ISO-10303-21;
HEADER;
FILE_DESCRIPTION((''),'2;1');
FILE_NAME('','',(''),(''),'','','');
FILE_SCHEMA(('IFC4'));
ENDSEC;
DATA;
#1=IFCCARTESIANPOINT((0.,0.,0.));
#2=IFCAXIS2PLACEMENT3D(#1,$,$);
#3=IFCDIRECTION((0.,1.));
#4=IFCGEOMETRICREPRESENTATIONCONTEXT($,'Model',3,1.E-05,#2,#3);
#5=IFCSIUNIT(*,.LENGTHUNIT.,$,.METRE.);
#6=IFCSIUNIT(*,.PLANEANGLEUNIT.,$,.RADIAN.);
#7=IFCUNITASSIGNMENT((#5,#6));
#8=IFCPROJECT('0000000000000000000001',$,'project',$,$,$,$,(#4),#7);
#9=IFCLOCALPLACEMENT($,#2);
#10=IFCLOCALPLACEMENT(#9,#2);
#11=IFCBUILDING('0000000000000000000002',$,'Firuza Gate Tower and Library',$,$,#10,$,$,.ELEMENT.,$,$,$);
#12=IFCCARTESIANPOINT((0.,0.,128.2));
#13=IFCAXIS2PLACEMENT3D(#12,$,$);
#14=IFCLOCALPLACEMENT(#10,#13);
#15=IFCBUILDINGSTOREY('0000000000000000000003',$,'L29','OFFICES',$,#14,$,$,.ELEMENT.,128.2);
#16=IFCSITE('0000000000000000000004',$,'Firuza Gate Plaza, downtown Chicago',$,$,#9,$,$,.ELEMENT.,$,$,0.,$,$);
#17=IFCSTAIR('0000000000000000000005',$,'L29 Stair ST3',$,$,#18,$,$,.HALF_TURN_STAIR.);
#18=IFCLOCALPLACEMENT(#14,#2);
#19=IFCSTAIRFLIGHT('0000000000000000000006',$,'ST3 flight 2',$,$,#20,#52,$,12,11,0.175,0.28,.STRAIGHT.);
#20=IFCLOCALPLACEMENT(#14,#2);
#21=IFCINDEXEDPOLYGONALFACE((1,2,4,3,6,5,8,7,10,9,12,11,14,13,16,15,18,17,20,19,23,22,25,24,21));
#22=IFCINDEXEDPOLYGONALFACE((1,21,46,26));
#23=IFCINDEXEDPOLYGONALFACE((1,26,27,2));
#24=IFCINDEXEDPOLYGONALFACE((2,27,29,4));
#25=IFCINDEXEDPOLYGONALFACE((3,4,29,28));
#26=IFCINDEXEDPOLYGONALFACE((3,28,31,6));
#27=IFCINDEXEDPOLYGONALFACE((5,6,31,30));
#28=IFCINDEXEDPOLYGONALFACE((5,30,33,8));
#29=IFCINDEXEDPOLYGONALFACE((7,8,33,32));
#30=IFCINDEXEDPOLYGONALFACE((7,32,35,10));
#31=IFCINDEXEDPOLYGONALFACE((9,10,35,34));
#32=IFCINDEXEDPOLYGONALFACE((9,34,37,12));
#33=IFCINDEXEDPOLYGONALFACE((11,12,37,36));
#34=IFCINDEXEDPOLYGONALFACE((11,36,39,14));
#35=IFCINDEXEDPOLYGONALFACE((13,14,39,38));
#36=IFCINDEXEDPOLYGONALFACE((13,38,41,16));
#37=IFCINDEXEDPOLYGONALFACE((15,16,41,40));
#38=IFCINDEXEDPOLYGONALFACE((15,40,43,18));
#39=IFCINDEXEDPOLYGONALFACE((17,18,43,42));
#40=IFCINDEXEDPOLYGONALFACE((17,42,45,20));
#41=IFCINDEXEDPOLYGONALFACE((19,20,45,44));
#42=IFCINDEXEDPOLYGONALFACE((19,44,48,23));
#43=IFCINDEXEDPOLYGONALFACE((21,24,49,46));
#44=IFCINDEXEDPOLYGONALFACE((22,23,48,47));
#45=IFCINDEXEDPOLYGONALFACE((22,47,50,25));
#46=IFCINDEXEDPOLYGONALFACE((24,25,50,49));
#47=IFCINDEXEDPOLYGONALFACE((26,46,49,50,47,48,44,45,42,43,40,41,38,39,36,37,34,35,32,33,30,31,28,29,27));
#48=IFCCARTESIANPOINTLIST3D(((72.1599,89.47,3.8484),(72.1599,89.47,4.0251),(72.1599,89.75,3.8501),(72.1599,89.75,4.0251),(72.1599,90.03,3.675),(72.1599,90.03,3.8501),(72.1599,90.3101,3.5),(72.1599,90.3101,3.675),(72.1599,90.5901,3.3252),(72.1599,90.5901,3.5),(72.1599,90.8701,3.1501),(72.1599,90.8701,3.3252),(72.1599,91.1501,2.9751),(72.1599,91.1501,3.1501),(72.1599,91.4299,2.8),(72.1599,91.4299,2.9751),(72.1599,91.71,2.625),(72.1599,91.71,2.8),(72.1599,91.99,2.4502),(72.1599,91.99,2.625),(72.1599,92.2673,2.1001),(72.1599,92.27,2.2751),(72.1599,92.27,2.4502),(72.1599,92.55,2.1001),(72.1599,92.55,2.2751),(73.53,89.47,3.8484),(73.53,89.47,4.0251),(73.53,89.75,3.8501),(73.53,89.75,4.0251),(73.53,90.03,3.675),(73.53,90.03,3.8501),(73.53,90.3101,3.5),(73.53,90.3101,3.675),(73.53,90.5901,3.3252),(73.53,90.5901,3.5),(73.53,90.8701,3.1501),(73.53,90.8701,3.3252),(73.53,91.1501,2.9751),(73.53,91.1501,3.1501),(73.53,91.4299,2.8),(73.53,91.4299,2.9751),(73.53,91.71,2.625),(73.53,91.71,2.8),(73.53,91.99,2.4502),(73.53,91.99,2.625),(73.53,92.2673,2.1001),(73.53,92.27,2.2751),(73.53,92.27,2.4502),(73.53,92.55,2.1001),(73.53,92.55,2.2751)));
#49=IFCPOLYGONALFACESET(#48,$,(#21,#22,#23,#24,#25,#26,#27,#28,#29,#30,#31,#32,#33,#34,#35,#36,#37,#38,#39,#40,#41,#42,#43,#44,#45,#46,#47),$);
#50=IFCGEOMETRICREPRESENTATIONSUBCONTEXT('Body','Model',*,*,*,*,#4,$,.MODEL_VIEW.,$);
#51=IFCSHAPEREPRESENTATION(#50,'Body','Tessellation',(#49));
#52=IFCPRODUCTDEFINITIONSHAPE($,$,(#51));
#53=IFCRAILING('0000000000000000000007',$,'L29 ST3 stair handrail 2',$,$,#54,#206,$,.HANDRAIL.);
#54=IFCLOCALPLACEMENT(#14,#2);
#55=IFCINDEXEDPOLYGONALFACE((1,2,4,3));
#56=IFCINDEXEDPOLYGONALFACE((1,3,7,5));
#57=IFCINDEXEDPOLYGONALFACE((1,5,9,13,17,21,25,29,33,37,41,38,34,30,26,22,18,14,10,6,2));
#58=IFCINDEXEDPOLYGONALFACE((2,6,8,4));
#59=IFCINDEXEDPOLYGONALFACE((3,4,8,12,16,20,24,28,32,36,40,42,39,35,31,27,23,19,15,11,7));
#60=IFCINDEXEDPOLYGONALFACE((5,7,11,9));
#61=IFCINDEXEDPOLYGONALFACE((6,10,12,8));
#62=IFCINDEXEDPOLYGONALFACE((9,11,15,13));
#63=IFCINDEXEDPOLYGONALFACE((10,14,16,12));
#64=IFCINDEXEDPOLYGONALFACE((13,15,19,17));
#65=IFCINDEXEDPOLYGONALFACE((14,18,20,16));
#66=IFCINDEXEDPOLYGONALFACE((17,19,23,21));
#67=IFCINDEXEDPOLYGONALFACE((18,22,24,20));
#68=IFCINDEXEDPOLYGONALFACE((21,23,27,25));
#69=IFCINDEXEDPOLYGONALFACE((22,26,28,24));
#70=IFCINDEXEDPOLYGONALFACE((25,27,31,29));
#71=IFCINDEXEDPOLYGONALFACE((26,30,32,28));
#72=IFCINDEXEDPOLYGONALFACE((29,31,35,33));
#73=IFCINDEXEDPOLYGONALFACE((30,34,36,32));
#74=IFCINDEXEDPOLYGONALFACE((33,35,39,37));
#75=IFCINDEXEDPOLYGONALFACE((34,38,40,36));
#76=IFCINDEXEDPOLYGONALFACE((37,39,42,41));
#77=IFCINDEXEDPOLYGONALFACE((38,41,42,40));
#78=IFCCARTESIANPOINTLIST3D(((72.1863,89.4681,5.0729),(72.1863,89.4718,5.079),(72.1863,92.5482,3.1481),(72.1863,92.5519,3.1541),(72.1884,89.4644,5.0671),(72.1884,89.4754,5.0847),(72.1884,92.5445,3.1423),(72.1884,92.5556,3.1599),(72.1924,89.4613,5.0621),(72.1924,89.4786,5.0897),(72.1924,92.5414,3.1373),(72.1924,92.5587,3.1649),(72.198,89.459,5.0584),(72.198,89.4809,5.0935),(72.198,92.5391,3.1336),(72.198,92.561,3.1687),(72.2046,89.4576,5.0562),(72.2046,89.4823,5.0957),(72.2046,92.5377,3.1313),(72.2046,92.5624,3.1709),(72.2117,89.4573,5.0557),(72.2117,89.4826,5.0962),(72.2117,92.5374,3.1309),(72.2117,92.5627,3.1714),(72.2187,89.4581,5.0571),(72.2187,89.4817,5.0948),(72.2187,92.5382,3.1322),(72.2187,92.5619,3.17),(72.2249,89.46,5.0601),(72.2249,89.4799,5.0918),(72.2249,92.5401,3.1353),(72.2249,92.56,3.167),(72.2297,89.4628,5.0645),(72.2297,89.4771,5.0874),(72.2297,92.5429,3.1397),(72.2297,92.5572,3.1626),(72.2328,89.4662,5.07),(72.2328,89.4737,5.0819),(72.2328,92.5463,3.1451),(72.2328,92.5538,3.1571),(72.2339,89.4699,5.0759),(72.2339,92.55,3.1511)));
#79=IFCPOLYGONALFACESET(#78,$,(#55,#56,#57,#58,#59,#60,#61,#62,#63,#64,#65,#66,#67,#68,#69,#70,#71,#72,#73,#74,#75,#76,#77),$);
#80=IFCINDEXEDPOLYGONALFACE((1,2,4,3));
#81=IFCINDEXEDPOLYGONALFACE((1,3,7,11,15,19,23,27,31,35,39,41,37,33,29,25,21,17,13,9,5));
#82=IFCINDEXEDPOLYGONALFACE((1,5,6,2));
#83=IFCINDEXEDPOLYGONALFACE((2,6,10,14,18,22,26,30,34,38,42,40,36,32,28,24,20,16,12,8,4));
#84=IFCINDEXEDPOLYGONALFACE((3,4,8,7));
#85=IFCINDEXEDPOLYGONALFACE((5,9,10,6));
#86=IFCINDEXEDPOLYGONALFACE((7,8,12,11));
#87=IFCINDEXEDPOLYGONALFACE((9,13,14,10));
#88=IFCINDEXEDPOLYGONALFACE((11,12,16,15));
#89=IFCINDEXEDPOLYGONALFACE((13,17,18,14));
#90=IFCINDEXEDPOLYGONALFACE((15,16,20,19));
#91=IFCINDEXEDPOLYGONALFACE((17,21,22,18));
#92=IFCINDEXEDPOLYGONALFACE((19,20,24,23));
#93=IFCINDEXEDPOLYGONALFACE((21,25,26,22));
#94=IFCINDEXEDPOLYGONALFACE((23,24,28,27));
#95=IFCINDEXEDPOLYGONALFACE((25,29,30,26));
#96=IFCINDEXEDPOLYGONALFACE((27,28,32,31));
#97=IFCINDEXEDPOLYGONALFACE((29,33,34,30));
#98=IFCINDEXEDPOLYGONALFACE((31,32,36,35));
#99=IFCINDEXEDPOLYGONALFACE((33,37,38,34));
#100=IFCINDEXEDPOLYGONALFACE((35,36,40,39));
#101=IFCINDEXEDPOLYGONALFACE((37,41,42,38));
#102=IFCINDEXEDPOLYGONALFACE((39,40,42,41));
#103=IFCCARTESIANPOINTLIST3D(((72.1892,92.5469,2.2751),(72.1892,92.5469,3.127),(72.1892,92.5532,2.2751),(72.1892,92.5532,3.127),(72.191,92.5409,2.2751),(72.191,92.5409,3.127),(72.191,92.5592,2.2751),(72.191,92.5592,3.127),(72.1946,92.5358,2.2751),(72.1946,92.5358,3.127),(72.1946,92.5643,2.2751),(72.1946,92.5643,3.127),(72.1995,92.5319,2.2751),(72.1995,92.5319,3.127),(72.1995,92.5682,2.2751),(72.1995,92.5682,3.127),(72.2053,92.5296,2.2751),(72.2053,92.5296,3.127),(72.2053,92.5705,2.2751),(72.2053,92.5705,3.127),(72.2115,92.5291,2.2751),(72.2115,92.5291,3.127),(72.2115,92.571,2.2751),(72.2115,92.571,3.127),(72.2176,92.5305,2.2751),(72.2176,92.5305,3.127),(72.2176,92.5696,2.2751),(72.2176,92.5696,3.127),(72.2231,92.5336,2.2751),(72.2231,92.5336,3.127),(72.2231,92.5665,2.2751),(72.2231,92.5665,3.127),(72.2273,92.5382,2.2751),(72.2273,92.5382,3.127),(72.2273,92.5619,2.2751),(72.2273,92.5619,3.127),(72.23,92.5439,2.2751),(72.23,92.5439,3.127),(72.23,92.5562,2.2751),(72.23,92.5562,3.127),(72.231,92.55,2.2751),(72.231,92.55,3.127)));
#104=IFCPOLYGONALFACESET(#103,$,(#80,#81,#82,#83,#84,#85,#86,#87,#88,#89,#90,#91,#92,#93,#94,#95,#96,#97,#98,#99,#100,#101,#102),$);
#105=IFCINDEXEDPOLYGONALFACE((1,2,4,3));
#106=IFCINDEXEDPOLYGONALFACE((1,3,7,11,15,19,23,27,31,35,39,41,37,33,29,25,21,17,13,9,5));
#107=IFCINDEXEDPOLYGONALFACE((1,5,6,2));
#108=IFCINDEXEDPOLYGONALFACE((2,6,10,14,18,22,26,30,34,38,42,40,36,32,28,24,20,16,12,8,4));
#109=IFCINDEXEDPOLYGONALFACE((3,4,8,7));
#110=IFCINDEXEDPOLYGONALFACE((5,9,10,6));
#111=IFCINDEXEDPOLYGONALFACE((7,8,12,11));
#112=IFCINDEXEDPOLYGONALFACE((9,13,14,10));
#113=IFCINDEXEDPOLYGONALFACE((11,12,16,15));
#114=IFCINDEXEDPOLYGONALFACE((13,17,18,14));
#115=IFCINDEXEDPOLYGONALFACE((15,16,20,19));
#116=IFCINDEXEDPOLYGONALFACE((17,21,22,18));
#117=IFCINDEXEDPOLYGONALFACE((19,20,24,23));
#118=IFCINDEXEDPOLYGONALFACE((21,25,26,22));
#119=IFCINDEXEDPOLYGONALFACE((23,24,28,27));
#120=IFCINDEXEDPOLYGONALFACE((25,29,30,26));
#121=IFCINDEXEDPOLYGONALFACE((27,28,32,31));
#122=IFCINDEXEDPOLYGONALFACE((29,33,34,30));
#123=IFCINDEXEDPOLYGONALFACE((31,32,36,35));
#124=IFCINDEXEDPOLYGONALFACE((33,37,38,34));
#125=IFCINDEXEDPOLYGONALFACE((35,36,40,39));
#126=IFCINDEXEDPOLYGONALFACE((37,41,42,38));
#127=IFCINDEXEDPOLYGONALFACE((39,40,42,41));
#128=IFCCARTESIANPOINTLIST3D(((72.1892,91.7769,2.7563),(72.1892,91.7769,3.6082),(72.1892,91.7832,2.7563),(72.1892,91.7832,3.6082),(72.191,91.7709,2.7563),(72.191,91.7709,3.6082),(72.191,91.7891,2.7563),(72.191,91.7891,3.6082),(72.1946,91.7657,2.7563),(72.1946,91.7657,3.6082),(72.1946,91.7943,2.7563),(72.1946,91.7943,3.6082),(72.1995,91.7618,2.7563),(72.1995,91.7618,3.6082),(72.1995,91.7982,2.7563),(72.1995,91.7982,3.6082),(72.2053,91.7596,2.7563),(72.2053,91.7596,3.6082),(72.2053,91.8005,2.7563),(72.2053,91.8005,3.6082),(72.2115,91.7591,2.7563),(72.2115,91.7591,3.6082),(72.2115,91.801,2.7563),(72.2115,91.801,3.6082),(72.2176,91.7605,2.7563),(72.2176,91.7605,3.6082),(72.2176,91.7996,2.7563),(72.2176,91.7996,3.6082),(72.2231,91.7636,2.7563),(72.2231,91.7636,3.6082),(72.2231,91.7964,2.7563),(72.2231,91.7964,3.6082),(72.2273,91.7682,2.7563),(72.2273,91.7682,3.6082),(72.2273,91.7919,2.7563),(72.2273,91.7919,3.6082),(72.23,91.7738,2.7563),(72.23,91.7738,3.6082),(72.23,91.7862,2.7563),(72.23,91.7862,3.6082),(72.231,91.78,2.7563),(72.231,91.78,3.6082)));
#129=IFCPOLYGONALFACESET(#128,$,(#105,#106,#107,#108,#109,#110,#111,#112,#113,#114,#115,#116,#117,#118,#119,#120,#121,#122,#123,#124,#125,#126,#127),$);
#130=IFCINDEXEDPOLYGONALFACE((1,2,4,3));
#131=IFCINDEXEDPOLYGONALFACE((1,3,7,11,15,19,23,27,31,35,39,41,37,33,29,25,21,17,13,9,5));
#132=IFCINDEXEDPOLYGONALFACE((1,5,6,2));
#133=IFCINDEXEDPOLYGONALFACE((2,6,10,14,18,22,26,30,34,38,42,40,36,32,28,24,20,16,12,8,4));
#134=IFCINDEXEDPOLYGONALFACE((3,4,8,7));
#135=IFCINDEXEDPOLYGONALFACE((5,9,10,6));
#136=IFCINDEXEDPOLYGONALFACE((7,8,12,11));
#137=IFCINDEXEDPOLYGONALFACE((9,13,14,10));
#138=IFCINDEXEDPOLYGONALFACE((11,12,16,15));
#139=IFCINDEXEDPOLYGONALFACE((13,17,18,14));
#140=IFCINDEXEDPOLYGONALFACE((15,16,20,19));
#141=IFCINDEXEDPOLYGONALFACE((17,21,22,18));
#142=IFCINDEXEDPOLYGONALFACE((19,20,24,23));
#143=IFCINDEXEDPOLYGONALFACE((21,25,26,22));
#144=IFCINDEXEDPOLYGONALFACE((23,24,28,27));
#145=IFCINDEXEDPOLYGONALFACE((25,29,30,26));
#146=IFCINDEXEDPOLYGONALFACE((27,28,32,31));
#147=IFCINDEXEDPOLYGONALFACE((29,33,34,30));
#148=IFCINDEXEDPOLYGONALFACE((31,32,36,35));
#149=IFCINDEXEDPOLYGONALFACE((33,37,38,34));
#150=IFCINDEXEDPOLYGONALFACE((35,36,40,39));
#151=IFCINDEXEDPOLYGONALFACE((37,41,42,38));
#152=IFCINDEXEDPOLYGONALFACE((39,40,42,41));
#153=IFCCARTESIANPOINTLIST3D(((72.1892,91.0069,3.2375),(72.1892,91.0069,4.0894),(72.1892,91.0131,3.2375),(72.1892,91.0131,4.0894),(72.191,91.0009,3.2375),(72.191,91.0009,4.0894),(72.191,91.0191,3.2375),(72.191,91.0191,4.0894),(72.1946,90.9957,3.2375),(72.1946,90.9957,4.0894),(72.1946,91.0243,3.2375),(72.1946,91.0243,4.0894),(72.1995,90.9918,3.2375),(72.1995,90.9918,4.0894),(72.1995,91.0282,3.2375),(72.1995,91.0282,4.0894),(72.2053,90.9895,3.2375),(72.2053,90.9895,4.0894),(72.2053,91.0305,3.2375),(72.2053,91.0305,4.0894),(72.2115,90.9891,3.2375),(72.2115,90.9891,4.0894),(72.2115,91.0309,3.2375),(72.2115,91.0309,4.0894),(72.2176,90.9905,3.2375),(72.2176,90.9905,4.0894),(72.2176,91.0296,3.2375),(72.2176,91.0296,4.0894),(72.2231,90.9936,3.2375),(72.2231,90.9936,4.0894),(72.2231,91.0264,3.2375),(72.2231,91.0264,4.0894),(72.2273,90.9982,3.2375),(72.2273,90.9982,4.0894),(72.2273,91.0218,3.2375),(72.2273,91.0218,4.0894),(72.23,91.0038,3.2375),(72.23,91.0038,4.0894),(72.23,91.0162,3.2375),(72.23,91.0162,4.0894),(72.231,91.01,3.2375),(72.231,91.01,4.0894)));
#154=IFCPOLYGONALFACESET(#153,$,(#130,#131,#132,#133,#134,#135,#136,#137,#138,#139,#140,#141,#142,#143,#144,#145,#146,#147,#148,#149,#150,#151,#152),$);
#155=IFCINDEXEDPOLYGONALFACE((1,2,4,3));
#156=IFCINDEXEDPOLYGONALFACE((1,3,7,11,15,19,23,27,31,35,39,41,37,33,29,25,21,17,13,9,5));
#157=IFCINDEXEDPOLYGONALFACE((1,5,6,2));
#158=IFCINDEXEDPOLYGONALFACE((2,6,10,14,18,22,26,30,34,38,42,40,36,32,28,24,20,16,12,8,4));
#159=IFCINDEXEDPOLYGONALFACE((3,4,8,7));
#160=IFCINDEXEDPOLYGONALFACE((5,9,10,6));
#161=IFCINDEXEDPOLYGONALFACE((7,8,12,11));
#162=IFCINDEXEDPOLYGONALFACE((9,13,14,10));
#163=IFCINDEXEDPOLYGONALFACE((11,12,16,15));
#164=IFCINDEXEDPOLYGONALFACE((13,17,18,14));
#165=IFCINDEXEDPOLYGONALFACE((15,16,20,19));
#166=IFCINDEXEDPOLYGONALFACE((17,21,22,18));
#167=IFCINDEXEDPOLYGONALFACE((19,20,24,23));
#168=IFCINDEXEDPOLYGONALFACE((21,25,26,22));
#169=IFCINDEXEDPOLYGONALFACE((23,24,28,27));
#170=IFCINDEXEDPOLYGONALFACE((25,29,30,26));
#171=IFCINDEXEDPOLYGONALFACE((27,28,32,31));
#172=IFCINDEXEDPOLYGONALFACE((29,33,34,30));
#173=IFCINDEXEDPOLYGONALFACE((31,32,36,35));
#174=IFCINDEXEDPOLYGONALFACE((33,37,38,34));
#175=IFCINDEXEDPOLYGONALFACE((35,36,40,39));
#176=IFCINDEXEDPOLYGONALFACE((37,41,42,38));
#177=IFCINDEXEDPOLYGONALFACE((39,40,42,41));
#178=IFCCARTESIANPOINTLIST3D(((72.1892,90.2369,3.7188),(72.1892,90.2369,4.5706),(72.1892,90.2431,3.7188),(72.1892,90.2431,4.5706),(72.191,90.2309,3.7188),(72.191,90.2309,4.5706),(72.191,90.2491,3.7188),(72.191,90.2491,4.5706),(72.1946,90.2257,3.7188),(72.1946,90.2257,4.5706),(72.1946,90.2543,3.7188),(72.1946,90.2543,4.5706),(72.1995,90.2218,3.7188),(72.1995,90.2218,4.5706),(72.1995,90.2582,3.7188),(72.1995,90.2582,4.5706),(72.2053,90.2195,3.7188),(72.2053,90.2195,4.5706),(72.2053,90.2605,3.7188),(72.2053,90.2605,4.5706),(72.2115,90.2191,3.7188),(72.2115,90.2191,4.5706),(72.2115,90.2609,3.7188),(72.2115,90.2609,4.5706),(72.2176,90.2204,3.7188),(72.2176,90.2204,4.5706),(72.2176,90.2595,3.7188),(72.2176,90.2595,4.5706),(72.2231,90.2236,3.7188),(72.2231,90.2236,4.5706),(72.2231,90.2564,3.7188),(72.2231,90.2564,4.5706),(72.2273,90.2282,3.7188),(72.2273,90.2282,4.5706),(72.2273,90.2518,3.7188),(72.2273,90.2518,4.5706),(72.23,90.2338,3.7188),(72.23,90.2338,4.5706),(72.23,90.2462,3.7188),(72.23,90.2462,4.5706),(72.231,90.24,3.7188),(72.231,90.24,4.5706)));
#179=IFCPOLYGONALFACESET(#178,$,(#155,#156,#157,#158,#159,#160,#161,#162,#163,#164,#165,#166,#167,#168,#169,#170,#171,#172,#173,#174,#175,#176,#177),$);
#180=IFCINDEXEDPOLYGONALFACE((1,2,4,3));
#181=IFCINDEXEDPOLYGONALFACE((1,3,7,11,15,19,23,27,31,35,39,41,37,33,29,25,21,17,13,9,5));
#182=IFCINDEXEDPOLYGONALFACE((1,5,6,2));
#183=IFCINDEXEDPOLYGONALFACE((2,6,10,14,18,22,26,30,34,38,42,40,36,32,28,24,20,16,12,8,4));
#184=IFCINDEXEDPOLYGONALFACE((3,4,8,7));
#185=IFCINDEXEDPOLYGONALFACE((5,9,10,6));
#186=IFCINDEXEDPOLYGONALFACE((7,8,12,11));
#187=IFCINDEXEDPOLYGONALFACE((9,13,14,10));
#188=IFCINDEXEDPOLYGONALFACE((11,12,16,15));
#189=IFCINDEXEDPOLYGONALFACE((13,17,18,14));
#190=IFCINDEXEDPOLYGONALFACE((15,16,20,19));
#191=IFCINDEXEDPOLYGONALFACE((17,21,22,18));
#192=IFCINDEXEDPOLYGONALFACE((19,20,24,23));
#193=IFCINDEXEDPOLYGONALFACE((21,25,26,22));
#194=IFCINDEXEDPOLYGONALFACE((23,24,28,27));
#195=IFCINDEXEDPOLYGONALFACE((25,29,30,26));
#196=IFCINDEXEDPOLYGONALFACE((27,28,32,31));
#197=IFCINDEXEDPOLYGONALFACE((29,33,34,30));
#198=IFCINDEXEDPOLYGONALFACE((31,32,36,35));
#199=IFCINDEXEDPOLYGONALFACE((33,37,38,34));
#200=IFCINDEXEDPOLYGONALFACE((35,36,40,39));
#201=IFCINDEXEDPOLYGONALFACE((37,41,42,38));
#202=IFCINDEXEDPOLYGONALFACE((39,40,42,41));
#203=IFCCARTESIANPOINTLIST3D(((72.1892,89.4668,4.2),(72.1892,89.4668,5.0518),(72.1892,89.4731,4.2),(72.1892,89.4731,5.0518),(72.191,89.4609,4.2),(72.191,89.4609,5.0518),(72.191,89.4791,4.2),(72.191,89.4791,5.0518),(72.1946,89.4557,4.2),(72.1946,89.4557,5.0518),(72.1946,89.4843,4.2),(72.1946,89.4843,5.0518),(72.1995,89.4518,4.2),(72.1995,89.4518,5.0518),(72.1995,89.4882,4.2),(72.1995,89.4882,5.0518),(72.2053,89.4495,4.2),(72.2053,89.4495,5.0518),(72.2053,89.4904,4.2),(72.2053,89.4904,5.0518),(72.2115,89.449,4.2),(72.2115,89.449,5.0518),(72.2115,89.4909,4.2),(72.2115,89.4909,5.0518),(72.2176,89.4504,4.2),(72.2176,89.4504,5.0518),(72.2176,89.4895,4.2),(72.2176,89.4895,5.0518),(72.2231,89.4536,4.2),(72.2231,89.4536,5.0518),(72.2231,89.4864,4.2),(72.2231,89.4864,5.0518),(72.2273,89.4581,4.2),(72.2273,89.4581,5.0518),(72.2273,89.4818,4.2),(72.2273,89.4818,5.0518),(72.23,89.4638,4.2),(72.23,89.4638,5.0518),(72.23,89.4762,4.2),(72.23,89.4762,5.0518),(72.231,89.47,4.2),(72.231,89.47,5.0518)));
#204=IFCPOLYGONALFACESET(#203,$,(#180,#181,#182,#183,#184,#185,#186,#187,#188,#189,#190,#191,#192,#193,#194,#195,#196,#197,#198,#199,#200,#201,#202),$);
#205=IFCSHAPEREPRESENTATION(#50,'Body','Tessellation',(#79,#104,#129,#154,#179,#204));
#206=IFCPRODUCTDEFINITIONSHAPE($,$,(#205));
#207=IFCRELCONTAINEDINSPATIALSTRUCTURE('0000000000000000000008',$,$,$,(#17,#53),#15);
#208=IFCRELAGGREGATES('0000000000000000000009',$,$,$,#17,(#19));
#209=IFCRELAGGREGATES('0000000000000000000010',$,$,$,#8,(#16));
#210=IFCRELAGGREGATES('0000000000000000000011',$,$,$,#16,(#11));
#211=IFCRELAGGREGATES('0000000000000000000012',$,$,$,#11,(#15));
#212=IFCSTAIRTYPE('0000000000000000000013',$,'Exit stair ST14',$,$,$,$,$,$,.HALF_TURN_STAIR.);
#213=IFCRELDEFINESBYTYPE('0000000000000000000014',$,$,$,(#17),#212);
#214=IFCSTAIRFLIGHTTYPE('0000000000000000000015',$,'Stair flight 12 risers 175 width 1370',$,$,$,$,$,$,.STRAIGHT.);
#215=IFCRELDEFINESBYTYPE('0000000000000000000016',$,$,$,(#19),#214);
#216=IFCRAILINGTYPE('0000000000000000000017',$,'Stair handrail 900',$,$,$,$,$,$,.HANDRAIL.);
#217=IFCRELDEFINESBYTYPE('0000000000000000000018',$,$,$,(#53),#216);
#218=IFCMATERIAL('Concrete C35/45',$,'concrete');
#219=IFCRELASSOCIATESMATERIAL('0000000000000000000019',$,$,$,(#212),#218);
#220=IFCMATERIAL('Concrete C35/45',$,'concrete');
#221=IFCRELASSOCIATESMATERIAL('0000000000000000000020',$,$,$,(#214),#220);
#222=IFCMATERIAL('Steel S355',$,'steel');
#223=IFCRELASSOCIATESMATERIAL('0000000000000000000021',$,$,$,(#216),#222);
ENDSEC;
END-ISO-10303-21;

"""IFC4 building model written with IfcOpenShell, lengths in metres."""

from ifc_helpers import new_model, si_unit, direction, frame, origin, origin_2d, place, context, subcontext, project, spatial, polyline, circle, outline, extrude, material, type_object, element, aggregate, save


model = new_model("IFC4")

# Units and contexts
model_context = context("Model", 3, precision=1e-05, world=origin(), true_north=direction((0.0, 1.0)))
body_context = subcontext(model_context, "Body", "Model", "MODEL_VIEW")
ifc_project = project(units=[si_unit("LENGTHUNIT", "METRE"), si_unit("PLANEANGLEUNIT", "RADIAN")], contexts=[model_context])

# Site, building, storey
site_placement = place(None, origin())
site = spatial("IfcSite", under=ifc_project, at=site_placement, Name="Firuza Gate Plaza, downtown Chicago", CompositionType="ELEMENT", RefElevation=0.0)
building_placement = place(site_placement, origin())
building = spatial("IfcBuilding", under=site, at=building_placement, Name="Firuza Gate Tower and Library", CompositionType="ELEMENT")
storey_placement = place(building_placement, frame((0.0, 0.0, 128.2)))
storey = spatial("IfcBuildingStorey", under=building, at=storey_placement, Name="L29", Description="OFFICES", CompositionType="ELEMENT", Elevation=128.2)

# Shared definitions
placement = place(storey_placement, origin())

# Stair, stair flight
ifc_material_1 = material(Name="Concrete C35/45", Category="concrete")
stair_type = type_object("IfcStairType", Name="Exit stair ST14", PredefinedType="HALF_TURN_STAIR", material=ifc_material_1)
stair = element("IfcStair", 1, at=placement, inside=storey, type_object=stair_type, Name="L29 Stair ST3", PredefinedType="HALF_TURN_STAIR")
ifc_material_2 = material(Name="Concrete C35/45", Category="concrete")
stair_flight_type = type_object("IfcStairFlightType", Name="Stair flight 12 risers 175 width 1370", PredefinedType="STRAIGHT", material=ifc_material_2)
stair_flight_1_placement = place(storey_placement, frame((72.845, 92.55, 2.1001), z_axis=(0.0, 0.0, 1.0), x_axis=(0.0, -1.0, 0.0)))
stair_flight_1 = element("IfcStairFlight", 2, at=stair_flight_1_placement, type_object=stair_flight_type, Name="ST3 flight 2", NumberOfRisers=12, NumberOfTreads=11, PredefinedType="STRAIGHT", RiserHeight=0.175, TreadLength=0.28, context=body_context, shape_type="SweptSolid", body=[
    extrude(outline(polyline([(0.0, 0.0), (0.0, 0.175), (0.28, 0.175), (0.28, 0.3501), (0.5601, 0.3501), (0.5601, 0.5249), (0.8401, 0.5249), (0.8401, 0.7), (1.1201, 0.7), (1.1201, 0.875), (1.3999, 0.875), (1.3999, 1.05), (1.6799, 1.05), (1.6799, 1.2251), (1.96, 1.2251), (1.96, 1.3999), (2.24, 1.3999), (2.24, 1.575), (2.52, 1.575), (2.52, 1.75), (2.8, 1.75), (2.8, 1.925), (3.0801, 1.925), (3.0801, 2.1001), (3.0801, 1.7483), (0.2827, 0.0), (0.0, 0.0)])), frame((0.0, 0.6851, 0.0), z_axis=(0.0, -1.0, 0.0), x_axis=(1.0, 0.0, 0.0)), (0.0, 0.0, 1.0), 1.3701),
])
aggregate(stair, [stair_flight_1])

# Railing
ifc_material_3 = material(Name="Steel S355", Category="steel")
railing_type_1 = type_object("IfcRailingType", Name="Stair handrail 900", PredefinedType="HANDRAIL", material=ifc_material_3)
railing_1_placement = place(storey_placement, frame((72.21, 92.55, 2.2751)))
element("IfcRailing", 3, at=railing_1_placement, inside=storey, type_object=railing_type_1, Name="L29 ST3 stair handrail 2", PredefinedType="HANDRAIL", context=body_context, shape_type="SweptSolid", body=[
    extrude(circle(Radius=0.0239, at=origin_2d()), frame((0.0, 0.0, 0.876), z_axis=(0.0, -0.848029, 0.529951), x_axis=(1.0, 0.0, 0.0)), (0.0, 0.0, 1.0), 3.6321),
    extrude(circle(Radius=0.021, at=origin_2d()), origin(), (0.0, 0.0, 1.0), 0.8518),
    extrude(circle(Radius=0.021, at=origin_2d()), frame((0.0, -0.77, 0.4812)), (0.0, 0.0, 1.0), 0.8518),
    extrude(circle(Radius=0.021, at=origin_2d()), frame((0.0, -1.54, 0.9624)), (0.0, 0.0, 1.0), 0.8518),
    extrude(circle(Radius=0.021, at=origin_2d()), frame((0.0, -2.3101, 1.4436)), (0.0, 0.0, 1.0), 0.8518),
    extrude(circle(Radius=0.021, at=origin_2d()), frame((0.0, -3.0801, 1.9248)), (0.0, 0.0, 1.0), 0.8518),
])

save(model, "model.ifc")
